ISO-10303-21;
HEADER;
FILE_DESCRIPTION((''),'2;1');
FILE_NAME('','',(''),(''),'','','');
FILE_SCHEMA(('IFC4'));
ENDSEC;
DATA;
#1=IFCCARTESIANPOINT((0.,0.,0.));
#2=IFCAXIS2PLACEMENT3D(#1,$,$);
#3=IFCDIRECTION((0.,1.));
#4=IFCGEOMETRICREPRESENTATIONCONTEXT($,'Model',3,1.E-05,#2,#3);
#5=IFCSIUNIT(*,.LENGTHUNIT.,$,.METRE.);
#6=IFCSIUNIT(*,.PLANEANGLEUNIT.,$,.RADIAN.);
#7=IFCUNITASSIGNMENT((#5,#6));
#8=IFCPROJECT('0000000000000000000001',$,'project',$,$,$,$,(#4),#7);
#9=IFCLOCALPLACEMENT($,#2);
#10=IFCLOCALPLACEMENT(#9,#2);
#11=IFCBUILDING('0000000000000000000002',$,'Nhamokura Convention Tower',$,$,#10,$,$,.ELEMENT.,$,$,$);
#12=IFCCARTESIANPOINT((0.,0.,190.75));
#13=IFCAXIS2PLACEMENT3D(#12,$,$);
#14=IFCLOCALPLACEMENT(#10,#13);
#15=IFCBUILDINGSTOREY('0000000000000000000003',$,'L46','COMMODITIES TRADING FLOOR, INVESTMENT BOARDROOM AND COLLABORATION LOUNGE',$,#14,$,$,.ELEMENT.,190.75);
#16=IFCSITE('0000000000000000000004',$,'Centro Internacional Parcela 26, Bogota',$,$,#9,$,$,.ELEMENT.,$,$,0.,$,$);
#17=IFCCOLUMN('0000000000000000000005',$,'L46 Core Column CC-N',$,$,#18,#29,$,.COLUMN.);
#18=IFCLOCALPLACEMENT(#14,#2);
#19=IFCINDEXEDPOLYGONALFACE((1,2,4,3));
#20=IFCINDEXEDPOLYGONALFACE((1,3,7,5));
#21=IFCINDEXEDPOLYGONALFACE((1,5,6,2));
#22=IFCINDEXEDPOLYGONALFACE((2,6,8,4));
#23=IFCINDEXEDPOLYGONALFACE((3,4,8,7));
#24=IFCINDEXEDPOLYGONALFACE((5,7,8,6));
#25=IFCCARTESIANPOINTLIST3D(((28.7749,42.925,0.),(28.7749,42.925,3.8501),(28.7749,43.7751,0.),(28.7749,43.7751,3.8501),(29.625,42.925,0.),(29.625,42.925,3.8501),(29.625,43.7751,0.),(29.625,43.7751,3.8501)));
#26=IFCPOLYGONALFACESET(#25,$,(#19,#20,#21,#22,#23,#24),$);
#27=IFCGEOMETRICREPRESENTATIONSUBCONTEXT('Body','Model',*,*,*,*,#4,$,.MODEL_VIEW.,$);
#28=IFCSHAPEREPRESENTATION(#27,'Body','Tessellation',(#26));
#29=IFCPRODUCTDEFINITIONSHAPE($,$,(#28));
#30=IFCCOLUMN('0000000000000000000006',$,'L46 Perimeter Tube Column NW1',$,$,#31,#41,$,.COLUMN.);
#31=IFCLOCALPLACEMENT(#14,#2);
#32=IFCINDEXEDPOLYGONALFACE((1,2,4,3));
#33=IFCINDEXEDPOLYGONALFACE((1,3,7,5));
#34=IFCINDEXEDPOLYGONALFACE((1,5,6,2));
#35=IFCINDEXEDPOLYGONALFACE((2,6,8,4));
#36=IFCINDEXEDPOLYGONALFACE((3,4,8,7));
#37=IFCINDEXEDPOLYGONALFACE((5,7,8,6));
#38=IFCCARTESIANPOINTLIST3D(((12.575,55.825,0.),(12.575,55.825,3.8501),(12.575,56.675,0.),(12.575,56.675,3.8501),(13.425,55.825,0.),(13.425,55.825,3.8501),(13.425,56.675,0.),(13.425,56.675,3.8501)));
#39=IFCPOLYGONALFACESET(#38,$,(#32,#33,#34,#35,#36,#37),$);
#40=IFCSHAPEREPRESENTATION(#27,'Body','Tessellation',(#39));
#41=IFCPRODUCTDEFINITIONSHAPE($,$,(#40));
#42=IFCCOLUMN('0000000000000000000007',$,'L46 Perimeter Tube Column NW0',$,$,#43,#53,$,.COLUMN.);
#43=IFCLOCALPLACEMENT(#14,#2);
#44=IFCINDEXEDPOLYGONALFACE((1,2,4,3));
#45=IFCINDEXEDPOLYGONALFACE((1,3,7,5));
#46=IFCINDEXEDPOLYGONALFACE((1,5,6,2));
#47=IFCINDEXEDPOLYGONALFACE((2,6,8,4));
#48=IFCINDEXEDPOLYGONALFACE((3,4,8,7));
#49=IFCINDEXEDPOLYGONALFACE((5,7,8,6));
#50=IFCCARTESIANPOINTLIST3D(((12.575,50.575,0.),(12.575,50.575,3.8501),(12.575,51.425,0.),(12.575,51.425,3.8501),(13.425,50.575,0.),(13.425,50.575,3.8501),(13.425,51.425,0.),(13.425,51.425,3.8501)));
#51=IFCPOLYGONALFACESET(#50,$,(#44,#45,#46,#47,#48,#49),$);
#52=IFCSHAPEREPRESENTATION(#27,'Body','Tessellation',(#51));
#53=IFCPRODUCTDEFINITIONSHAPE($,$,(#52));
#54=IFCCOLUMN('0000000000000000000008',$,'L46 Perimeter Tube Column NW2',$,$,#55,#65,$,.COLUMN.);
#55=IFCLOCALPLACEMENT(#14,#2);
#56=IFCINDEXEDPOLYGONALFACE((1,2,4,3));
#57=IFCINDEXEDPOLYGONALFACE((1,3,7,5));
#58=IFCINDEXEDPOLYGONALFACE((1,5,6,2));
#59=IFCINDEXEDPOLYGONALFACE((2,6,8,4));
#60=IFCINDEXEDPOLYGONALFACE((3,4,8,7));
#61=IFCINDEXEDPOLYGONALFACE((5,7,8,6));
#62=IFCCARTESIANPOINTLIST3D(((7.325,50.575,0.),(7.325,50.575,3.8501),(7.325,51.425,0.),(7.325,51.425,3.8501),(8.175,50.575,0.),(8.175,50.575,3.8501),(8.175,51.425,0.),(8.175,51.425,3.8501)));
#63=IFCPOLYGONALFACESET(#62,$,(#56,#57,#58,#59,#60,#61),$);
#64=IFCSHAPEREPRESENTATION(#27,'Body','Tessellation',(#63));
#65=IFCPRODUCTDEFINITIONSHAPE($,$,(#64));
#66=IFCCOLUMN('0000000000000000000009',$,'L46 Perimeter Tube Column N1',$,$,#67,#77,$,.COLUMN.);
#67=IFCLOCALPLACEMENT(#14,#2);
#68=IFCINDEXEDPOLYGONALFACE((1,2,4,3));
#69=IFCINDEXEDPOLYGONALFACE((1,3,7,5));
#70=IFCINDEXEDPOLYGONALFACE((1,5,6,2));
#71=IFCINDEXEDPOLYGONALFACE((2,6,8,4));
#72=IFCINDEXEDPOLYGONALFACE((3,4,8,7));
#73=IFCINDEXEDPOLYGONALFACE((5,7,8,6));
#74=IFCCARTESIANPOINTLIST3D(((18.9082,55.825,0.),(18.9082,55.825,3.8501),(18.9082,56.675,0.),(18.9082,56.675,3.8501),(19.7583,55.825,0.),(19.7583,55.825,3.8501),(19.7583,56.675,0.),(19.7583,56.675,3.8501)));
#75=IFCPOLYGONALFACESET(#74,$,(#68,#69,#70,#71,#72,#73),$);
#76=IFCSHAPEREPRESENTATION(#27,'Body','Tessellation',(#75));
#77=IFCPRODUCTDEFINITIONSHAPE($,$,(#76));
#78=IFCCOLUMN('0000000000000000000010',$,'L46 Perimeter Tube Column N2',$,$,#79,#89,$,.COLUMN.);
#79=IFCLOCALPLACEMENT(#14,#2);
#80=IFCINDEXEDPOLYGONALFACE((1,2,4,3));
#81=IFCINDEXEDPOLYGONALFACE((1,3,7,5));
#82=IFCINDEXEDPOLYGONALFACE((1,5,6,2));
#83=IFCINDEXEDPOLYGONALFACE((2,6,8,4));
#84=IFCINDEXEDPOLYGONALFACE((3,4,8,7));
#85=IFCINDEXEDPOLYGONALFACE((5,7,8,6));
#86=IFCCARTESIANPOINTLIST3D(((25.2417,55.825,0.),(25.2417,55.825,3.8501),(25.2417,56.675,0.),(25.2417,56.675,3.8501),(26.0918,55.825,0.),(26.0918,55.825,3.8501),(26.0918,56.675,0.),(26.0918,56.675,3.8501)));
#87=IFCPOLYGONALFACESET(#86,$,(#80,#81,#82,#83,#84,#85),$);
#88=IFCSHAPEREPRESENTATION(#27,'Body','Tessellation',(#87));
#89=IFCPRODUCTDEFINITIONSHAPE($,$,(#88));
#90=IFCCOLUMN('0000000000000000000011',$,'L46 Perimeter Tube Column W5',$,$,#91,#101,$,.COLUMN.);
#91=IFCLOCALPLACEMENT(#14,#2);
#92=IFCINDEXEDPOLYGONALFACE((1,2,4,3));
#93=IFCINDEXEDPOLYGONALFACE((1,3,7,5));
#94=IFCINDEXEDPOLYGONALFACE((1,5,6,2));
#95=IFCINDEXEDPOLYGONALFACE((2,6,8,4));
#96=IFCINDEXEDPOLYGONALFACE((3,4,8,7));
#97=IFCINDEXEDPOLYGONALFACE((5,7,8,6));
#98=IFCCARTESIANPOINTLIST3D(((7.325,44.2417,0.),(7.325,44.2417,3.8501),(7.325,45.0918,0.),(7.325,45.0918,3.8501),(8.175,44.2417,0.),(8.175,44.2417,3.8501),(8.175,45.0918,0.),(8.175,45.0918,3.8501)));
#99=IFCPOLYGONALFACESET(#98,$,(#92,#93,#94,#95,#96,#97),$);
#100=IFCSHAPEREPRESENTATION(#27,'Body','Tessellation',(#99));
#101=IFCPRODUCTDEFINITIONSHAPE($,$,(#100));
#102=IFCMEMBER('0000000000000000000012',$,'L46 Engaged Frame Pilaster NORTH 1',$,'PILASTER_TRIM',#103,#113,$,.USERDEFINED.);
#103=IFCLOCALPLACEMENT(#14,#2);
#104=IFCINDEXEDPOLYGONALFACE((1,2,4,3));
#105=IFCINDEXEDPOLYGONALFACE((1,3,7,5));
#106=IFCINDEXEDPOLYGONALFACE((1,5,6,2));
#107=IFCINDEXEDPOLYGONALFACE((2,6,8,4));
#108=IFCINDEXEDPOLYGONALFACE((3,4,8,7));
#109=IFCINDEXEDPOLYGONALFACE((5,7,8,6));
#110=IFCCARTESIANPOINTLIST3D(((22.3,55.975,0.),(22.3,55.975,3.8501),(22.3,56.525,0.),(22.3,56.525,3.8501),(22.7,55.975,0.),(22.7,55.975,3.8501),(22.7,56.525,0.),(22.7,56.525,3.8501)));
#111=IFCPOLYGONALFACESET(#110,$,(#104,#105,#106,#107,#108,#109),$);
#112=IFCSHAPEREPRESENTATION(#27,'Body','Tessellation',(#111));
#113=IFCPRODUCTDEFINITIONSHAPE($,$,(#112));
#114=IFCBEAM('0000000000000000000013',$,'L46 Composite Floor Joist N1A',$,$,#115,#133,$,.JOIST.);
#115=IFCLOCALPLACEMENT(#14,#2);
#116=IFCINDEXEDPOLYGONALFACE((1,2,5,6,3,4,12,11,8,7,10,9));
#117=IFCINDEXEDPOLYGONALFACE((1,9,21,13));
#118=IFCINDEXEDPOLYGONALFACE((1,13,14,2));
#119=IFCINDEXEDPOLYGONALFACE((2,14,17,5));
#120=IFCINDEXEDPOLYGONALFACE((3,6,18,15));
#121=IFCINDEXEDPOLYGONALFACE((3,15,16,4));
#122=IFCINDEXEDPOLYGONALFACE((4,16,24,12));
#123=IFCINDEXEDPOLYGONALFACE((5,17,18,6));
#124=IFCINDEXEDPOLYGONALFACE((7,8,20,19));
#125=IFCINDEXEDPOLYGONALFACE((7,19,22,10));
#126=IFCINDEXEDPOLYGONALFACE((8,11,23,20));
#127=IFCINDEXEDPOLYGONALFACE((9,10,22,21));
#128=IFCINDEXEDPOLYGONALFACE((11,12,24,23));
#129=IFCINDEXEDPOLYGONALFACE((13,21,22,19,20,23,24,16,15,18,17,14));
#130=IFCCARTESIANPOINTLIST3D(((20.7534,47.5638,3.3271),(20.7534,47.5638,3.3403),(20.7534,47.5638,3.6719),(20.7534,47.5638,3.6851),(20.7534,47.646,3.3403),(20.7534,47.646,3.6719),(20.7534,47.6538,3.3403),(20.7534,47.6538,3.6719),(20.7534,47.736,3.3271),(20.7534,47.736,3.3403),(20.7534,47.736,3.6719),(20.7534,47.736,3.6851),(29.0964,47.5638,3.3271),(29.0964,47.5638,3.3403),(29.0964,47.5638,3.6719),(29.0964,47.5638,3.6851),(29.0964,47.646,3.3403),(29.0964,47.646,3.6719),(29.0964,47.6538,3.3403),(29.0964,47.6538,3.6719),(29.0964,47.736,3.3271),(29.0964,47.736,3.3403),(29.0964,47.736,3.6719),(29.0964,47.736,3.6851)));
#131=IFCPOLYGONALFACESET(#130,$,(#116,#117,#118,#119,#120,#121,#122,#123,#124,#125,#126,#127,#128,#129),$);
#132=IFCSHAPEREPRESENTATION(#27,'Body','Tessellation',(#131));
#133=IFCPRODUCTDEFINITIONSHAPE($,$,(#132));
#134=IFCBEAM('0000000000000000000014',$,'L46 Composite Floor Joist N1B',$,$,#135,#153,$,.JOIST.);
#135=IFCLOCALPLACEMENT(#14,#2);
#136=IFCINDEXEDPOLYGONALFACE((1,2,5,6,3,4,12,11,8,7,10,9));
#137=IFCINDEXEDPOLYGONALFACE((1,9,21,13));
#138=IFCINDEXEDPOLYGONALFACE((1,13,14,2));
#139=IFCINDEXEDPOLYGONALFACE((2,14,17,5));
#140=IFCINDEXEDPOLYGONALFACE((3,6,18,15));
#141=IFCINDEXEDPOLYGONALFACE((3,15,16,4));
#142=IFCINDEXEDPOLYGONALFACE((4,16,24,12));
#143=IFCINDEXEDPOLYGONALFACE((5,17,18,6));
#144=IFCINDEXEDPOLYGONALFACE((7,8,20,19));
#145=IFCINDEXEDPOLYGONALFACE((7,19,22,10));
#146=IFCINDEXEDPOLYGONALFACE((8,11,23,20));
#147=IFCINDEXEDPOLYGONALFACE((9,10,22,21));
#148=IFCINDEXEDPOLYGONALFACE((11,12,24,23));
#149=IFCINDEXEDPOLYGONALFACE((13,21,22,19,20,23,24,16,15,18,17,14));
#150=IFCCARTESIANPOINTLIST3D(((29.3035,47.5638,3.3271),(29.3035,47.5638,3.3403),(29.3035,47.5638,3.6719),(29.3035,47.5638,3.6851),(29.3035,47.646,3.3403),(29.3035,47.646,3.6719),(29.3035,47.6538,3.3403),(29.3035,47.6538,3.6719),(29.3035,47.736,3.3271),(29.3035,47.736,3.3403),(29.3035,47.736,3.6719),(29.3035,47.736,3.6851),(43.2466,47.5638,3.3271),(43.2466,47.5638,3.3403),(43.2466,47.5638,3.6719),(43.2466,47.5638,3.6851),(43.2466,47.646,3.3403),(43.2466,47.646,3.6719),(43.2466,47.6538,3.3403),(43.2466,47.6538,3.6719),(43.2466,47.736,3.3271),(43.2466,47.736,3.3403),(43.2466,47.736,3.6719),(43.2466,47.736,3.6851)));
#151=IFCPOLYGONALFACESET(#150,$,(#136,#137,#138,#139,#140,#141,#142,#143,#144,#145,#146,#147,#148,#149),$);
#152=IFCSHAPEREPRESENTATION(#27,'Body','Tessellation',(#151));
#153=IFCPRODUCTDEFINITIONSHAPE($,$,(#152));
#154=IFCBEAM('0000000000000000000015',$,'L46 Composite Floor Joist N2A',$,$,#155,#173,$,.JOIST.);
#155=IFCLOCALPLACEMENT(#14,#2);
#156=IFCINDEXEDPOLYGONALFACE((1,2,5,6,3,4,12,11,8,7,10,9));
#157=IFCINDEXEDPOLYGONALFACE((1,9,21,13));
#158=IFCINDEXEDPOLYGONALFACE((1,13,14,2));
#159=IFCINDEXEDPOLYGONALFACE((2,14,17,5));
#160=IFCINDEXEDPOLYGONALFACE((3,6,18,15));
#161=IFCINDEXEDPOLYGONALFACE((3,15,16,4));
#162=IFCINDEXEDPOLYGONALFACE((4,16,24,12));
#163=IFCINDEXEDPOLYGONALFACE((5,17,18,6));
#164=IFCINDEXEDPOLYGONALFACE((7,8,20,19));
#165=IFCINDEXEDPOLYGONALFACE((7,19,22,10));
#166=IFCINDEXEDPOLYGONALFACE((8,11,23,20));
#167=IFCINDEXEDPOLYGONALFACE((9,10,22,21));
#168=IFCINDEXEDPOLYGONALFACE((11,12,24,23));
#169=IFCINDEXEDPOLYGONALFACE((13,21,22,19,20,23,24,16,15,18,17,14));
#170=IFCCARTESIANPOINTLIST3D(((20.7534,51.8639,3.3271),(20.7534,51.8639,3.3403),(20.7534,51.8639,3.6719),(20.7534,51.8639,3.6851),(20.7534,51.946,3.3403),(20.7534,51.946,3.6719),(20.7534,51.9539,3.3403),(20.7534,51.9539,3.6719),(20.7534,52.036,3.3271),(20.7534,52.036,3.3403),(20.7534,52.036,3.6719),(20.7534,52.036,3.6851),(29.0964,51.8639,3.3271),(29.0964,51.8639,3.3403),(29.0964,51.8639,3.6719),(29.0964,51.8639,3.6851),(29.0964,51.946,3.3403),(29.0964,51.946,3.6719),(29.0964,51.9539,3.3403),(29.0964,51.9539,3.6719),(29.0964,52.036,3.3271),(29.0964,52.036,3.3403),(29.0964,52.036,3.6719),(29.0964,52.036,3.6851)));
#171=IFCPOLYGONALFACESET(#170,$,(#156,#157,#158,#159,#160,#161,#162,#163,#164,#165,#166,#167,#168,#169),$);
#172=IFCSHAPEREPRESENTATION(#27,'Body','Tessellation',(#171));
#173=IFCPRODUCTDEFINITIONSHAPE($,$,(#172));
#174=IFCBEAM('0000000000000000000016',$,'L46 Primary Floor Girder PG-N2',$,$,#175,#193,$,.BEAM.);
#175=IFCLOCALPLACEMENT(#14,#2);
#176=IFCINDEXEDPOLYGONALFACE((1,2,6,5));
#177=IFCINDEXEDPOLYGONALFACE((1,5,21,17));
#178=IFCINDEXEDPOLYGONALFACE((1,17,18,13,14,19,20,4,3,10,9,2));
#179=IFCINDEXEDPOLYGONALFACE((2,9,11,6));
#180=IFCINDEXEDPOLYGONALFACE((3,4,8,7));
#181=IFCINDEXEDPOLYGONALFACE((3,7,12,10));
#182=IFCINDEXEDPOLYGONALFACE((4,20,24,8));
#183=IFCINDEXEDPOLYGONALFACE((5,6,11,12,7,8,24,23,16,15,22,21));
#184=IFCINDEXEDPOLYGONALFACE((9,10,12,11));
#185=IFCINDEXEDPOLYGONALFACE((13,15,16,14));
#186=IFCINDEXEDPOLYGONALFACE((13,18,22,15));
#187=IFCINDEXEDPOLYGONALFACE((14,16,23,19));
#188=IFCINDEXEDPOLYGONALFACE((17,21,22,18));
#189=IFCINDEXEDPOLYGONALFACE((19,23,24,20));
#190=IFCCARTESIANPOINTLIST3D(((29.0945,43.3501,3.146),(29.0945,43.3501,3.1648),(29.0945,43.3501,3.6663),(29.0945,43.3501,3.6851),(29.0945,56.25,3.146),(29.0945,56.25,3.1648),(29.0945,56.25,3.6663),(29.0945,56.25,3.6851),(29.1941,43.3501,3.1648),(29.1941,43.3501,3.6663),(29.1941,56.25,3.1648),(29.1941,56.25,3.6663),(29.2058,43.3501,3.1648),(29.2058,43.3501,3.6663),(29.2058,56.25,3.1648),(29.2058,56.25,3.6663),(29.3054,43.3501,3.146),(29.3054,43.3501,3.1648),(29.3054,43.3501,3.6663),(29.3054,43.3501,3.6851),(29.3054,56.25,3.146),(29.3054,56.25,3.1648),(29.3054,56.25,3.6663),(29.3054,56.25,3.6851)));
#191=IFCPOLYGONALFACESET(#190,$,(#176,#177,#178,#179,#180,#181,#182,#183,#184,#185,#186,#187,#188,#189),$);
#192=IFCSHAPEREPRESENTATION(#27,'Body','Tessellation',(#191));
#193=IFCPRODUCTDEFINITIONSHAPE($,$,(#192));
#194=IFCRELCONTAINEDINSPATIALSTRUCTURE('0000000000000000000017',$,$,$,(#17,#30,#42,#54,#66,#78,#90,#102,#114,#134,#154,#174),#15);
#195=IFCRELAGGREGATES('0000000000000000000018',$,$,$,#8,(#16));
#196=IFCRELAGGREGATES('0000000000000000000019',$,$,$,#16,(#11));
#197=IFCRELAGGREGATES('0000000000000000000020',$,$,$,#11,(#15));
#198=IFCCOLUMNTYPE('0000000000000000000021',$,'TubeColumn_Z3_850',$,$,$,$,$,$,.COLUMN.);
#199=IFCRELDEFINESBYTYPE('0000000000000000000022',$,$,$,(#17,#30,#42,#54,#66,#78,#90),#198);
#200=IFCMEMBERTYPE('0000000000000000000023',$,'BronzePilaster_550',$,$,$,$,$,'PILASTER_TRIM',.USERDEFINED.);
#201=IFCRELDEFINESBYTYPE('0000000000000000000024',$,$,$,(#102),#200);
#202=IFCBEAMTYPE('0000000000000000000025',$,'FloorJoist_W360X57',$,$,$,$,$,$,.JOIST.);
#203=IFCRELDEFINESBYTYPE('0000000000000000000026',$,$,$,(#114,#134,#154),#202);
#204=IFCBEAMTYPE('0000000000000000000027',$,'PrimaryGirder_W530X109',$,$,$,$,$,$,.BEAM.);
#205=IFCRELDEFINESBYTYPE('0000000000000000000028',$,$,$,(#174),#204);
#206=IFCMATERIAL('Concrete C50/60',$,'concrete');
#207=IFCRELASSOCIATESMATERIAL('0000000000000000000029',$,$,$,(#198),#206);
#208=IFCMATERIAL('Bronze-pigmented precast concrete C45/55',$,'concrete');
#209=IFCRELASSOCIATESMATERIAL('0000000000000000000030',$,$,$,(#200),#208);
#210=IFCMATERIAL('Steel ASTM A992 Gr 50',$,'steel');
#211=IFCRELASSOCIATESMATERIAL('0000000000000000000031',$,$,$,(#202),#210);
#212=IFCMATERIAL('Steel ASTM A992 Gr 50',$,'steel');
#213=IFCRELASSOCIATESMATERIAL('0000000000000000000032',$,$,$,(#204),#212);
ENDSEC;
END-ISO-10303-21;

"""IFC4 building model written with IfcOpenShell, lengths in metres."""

from ifc_helpers import new_model, si_unit, direction, frame, origin, origin_2d, place, context, subcontext, project, spatial, rectangle, i_section, extrude, material, material_profile, profile_set, type_object, element, save


model = new_model("IFC4")

# Units and contexts
model_context = context("Model", 3, precision=1e-05, world=origin(), true_north=direction((0.0, 1.0)))
body_context = subcontext(model_context, "Body", "Model", "MODEL_VIEW")
ifc_project = project(units=[si_unit("LENGTHUNIT", "METRE"), si_unit("PLANEANGLEUNIT", "RADIAN")], contexts=[model_context])

# Site, building, storey
site_placement = place(None, origin())
site = spatial("IfcSite", under=ifc_project, at=site_placement, Name="Centro Internacional Parcela 26, Bogota", CompositionType="ELEMENT", RefElevation=0.0)
building_placement = place(site_placement, origin())
building = spatial("IfcBuilding", under=site, at=building_placement, Name="Nhamokura Convention Tower", CompositionType="ELEMENT")
storey_placement = place(building_placement, frame((0.0, 0.0, 190.75)))
storey = spatial("IfcBuildingStorey", under=building, at=storey_placement, Name="L46", Description="COMMODITIES TRADING FLOOR, INVESTMENT BOARDROOM AND COLLABORATION LOUNGE", CompositionType="ELEMENT", Elevation=190.75)

# Columns
ifc_material_1 = material(Name="Concrete C50/60", Category="concrete")
ifc_material_profile_1 = material_profile(ifc_material_1, rectangle(XDim=0.8501, YDim=0.8501, at=origin_2d()))
ifc_profile_set_1 = profile_set([ifc_material_profile_1], Name="Concrete C50/60")
column_type = type_object("IfcColumnType", Name="TubeColumn_Z3_850", PredefinedType="COLUMN", material=ifc_profile_set_1)
for number, where, z_axis, x_axis, name in (
    (1, (29.2, 43.3501, 0.0), (0.0, 0.0, 1.0), (1.0, 0.0, 0.0), "L46 Core Column CC-N"),
    (2, (13.0, 56.25, 0.0), (0.0, 0.0, 1.0), (1.0, 0.0, 0.0), "L46 Perimeter Tube Column NW1"),
    (3, (13.0, 51.0, 0.0), (0.0, 0.0, 1.0), (1.0, 0.0, 0.0), "L46 Perimeter Tube Column NW0"),
    (4, (7.75, 51.0, 0.0), (0.0, 0.0, 1.0), (1.0, 0.0, 0.0), "L46 Perimeter Tube Column NW2"),
    (5, (19.3333, 56.25, 0.0), (0.0, 0.0, 1.0), (1.0, 0.0, 0.0), "L46 Perimeter Tube Column N1"),
    (6, (25.6667, 56.25, 0.0), (0.0, 0.0, 1.0), (1.0, 0.0, 0.0), "L46 Perimeter Tube Column N2"),
    (7, (7.75, 44.6667, 0.0), (0.0, 0.0, 1.0), (1.0, 0.0, 0.0), "L46 Perimeter Tube Column W5"),
):
    element("IfcColumn", number, at=place(storey_placement, frame(where, z_axis=z_axis, x_axis=x_axis)), inside=storey, type_object=column_type, Name=name, PredefinedType="COLUMN", context=body_context, shape_type="SweptSolid", body=[
        extrude(rectangle(XDim=0.8501, YDim=0.8501, at=origin_2d()), origin(), (0.0, 0.0, 1.0), 3.8501),
    ])

# Member
ifc_material_2 = material(Name="Bronze-pigmented precast concrete C45/55", Category="concrete")
ifc_material_profile_2 = material_profile(ifc_material_2, rectangle(XDim=0.3999, YDim=0.55, at=origin_2d()))
ifc_profile_set_2 = profile_set([ifc_material_profile_2], Name="Bronze-pigmented precast concrete C45/55")
member_type_1 = type_object("IfcMemberType", Name="BronzePilaster_550", ElementType="PILASTER_TRIM", PredefinedType="USERDEFINED", material=ifc_profile_set_2)
member_placement = place(storey_placement, frame((22.5, 56.25, 0.0), z_axis=(0.0, 0.0, 1.0), x_axis=(1.0, 0.0, 0.0)))
element("IfcMember", 8, at=member_placement, inside=storey, type_object=member_type_1, Name="L46 Engaged Frame Pilaster NORTH 1", ObjectType="PILASTER_TRIM", PredefinedType="USERDEFINED", context=body_context, shape_type="SweptSolid", body=[
    extrude(rectangle(XDim=0.3999, YDim=0.55, at=origin_2d()), origin(), (0.0, 0.0, 1.0), 3.8501),
])

# Beams
ifc_material_3 = material(Name="Steel ASTM A992 Gr 50", Category="steel")
ifc_material_profile_3 = material_profile(ifc_material_3, i_section(OverallWidth=0.1721, OverallDepth=0.3579, WebThickness=0.0078, FlangeThickness=0.0132, at=origin_2d()))
ifc_profile_set_3 = profile_set([ifc_material_profile_3], Name="Steel ASTM A992 Gr 50")
beam_type_1 = type_object("IfcBeamType", Name="FloorJoist_W360X57", PredefinedType="JOIST", material=ifc_profile_set_3)
beam_1_placement = place(storey_placement, frame((20.7534, 47.6499, 3.5061), z_axis=(1.0, 0.0, 0.0), x_axis=(0.0, 1.0, 0.0)))
element("IfcBeam", 9, at=beam_1_placement, inside=storey, type_object=beam_type_1, Name="L46 Composite Floor Joist N1A", PredefinedType="JOIST", context=body_context, shape_type="SweptSolid", body=[
    extrude(i_section(OverallWidth=0.1721, OverallDepth=0.3579, WebThickness=0.0078, FlangeThickness=0.0132, at=origin_2d()), origin(), (0.0, 0.0, 1.0), 8.343),
])
beam_2_placement = place(storey_placement, frame((29.3035, 47.6499, 3.5061), z_axis=(1.0, 0.0, 0.0), x_axis=(0.0, 1.0, 0.0)))
element("IfcBeam", 10, at=beam_2_placement, inside=storey, type_object=beam_type_1, Name="L46 Composite Floor Joist N1B", PredefinedType="JOIST", context=body_context, shape_type="SweptSolid", body=[
    extrude(i_section(OverallWidth=0.1721, OverallDepth=0.3579, WebThickness=0.0078, FlangeThickness=0.0132, at=origin_2d()), origin(), (0.0, 0.0, 1.0), 13.9431),
])
beam_3_placement = place(storey_placement, frame((20.7534, 51.95, 3.5061), z_axis=(1.0, 0.0, 0.0), x_axis=(0.0, 1.0, 0.0)))
element("IfcBeam", 11, at=beam_3_placement, inside=storey, type_object=beam_type_1, Name="L46 Composite Floor Joist N2A", PredefinedType="JOIST", context=body_context, shape_type="SweptSolid", body=[
    extrude(i_section(OverallWidth=0.1721, OverallDepth=0.3579, WebThickness=0.0078, FlangeThickness=0.0132, at=origin_2d()), origin(), (0.0, 0.0, 1.0), 8.343),
])
ifc_material_4 = material(Name="Steel ASTM A992 Gr 50", Category="steel")
ifc_material_profile_4 = material_profile(ifc_material_4, i_section(OverallWidth=0.2109, OverallDepth=0.5391, WebThickness=0.0117, FlangeThickness=0.0188, at=origin_2d()))
ifc_profile_set_4 = profile_set([ifc_material_profile_4], Name="Steel ASTM A992 Gr 50")
beam_type_2 = type_object("IfcBeamType", Name="PrimaryGirder_W530X109", PredefinedType="BEAM", material=ifc_profile_set_4)
beam_4_placement = place(storey_placement, frame((29.2, 43.3501, 3.4155), z_axis=(0.0, 1.0, 0.0), x_axis=(-1.0, 0.0, 0.0)))
element("IfcBeam", 12, at=beam_4_placement, inside=storey, type_object=beam_type_2, Name="L46 Primary Floor Girder PG-N2", PredefinedType="BEAM", context=body_context, shape_type="SweptSolid", body=[
    extrude(i_section(OverallWidth=0.2109, OverallDepth=0.5391, WebThickness=0.0117, FlangeThickness=0.0188, at=origin_2d()), origin(), (0.0, 0.0, 1.0), 12.8999),
])

save(model, "model.ifc")
